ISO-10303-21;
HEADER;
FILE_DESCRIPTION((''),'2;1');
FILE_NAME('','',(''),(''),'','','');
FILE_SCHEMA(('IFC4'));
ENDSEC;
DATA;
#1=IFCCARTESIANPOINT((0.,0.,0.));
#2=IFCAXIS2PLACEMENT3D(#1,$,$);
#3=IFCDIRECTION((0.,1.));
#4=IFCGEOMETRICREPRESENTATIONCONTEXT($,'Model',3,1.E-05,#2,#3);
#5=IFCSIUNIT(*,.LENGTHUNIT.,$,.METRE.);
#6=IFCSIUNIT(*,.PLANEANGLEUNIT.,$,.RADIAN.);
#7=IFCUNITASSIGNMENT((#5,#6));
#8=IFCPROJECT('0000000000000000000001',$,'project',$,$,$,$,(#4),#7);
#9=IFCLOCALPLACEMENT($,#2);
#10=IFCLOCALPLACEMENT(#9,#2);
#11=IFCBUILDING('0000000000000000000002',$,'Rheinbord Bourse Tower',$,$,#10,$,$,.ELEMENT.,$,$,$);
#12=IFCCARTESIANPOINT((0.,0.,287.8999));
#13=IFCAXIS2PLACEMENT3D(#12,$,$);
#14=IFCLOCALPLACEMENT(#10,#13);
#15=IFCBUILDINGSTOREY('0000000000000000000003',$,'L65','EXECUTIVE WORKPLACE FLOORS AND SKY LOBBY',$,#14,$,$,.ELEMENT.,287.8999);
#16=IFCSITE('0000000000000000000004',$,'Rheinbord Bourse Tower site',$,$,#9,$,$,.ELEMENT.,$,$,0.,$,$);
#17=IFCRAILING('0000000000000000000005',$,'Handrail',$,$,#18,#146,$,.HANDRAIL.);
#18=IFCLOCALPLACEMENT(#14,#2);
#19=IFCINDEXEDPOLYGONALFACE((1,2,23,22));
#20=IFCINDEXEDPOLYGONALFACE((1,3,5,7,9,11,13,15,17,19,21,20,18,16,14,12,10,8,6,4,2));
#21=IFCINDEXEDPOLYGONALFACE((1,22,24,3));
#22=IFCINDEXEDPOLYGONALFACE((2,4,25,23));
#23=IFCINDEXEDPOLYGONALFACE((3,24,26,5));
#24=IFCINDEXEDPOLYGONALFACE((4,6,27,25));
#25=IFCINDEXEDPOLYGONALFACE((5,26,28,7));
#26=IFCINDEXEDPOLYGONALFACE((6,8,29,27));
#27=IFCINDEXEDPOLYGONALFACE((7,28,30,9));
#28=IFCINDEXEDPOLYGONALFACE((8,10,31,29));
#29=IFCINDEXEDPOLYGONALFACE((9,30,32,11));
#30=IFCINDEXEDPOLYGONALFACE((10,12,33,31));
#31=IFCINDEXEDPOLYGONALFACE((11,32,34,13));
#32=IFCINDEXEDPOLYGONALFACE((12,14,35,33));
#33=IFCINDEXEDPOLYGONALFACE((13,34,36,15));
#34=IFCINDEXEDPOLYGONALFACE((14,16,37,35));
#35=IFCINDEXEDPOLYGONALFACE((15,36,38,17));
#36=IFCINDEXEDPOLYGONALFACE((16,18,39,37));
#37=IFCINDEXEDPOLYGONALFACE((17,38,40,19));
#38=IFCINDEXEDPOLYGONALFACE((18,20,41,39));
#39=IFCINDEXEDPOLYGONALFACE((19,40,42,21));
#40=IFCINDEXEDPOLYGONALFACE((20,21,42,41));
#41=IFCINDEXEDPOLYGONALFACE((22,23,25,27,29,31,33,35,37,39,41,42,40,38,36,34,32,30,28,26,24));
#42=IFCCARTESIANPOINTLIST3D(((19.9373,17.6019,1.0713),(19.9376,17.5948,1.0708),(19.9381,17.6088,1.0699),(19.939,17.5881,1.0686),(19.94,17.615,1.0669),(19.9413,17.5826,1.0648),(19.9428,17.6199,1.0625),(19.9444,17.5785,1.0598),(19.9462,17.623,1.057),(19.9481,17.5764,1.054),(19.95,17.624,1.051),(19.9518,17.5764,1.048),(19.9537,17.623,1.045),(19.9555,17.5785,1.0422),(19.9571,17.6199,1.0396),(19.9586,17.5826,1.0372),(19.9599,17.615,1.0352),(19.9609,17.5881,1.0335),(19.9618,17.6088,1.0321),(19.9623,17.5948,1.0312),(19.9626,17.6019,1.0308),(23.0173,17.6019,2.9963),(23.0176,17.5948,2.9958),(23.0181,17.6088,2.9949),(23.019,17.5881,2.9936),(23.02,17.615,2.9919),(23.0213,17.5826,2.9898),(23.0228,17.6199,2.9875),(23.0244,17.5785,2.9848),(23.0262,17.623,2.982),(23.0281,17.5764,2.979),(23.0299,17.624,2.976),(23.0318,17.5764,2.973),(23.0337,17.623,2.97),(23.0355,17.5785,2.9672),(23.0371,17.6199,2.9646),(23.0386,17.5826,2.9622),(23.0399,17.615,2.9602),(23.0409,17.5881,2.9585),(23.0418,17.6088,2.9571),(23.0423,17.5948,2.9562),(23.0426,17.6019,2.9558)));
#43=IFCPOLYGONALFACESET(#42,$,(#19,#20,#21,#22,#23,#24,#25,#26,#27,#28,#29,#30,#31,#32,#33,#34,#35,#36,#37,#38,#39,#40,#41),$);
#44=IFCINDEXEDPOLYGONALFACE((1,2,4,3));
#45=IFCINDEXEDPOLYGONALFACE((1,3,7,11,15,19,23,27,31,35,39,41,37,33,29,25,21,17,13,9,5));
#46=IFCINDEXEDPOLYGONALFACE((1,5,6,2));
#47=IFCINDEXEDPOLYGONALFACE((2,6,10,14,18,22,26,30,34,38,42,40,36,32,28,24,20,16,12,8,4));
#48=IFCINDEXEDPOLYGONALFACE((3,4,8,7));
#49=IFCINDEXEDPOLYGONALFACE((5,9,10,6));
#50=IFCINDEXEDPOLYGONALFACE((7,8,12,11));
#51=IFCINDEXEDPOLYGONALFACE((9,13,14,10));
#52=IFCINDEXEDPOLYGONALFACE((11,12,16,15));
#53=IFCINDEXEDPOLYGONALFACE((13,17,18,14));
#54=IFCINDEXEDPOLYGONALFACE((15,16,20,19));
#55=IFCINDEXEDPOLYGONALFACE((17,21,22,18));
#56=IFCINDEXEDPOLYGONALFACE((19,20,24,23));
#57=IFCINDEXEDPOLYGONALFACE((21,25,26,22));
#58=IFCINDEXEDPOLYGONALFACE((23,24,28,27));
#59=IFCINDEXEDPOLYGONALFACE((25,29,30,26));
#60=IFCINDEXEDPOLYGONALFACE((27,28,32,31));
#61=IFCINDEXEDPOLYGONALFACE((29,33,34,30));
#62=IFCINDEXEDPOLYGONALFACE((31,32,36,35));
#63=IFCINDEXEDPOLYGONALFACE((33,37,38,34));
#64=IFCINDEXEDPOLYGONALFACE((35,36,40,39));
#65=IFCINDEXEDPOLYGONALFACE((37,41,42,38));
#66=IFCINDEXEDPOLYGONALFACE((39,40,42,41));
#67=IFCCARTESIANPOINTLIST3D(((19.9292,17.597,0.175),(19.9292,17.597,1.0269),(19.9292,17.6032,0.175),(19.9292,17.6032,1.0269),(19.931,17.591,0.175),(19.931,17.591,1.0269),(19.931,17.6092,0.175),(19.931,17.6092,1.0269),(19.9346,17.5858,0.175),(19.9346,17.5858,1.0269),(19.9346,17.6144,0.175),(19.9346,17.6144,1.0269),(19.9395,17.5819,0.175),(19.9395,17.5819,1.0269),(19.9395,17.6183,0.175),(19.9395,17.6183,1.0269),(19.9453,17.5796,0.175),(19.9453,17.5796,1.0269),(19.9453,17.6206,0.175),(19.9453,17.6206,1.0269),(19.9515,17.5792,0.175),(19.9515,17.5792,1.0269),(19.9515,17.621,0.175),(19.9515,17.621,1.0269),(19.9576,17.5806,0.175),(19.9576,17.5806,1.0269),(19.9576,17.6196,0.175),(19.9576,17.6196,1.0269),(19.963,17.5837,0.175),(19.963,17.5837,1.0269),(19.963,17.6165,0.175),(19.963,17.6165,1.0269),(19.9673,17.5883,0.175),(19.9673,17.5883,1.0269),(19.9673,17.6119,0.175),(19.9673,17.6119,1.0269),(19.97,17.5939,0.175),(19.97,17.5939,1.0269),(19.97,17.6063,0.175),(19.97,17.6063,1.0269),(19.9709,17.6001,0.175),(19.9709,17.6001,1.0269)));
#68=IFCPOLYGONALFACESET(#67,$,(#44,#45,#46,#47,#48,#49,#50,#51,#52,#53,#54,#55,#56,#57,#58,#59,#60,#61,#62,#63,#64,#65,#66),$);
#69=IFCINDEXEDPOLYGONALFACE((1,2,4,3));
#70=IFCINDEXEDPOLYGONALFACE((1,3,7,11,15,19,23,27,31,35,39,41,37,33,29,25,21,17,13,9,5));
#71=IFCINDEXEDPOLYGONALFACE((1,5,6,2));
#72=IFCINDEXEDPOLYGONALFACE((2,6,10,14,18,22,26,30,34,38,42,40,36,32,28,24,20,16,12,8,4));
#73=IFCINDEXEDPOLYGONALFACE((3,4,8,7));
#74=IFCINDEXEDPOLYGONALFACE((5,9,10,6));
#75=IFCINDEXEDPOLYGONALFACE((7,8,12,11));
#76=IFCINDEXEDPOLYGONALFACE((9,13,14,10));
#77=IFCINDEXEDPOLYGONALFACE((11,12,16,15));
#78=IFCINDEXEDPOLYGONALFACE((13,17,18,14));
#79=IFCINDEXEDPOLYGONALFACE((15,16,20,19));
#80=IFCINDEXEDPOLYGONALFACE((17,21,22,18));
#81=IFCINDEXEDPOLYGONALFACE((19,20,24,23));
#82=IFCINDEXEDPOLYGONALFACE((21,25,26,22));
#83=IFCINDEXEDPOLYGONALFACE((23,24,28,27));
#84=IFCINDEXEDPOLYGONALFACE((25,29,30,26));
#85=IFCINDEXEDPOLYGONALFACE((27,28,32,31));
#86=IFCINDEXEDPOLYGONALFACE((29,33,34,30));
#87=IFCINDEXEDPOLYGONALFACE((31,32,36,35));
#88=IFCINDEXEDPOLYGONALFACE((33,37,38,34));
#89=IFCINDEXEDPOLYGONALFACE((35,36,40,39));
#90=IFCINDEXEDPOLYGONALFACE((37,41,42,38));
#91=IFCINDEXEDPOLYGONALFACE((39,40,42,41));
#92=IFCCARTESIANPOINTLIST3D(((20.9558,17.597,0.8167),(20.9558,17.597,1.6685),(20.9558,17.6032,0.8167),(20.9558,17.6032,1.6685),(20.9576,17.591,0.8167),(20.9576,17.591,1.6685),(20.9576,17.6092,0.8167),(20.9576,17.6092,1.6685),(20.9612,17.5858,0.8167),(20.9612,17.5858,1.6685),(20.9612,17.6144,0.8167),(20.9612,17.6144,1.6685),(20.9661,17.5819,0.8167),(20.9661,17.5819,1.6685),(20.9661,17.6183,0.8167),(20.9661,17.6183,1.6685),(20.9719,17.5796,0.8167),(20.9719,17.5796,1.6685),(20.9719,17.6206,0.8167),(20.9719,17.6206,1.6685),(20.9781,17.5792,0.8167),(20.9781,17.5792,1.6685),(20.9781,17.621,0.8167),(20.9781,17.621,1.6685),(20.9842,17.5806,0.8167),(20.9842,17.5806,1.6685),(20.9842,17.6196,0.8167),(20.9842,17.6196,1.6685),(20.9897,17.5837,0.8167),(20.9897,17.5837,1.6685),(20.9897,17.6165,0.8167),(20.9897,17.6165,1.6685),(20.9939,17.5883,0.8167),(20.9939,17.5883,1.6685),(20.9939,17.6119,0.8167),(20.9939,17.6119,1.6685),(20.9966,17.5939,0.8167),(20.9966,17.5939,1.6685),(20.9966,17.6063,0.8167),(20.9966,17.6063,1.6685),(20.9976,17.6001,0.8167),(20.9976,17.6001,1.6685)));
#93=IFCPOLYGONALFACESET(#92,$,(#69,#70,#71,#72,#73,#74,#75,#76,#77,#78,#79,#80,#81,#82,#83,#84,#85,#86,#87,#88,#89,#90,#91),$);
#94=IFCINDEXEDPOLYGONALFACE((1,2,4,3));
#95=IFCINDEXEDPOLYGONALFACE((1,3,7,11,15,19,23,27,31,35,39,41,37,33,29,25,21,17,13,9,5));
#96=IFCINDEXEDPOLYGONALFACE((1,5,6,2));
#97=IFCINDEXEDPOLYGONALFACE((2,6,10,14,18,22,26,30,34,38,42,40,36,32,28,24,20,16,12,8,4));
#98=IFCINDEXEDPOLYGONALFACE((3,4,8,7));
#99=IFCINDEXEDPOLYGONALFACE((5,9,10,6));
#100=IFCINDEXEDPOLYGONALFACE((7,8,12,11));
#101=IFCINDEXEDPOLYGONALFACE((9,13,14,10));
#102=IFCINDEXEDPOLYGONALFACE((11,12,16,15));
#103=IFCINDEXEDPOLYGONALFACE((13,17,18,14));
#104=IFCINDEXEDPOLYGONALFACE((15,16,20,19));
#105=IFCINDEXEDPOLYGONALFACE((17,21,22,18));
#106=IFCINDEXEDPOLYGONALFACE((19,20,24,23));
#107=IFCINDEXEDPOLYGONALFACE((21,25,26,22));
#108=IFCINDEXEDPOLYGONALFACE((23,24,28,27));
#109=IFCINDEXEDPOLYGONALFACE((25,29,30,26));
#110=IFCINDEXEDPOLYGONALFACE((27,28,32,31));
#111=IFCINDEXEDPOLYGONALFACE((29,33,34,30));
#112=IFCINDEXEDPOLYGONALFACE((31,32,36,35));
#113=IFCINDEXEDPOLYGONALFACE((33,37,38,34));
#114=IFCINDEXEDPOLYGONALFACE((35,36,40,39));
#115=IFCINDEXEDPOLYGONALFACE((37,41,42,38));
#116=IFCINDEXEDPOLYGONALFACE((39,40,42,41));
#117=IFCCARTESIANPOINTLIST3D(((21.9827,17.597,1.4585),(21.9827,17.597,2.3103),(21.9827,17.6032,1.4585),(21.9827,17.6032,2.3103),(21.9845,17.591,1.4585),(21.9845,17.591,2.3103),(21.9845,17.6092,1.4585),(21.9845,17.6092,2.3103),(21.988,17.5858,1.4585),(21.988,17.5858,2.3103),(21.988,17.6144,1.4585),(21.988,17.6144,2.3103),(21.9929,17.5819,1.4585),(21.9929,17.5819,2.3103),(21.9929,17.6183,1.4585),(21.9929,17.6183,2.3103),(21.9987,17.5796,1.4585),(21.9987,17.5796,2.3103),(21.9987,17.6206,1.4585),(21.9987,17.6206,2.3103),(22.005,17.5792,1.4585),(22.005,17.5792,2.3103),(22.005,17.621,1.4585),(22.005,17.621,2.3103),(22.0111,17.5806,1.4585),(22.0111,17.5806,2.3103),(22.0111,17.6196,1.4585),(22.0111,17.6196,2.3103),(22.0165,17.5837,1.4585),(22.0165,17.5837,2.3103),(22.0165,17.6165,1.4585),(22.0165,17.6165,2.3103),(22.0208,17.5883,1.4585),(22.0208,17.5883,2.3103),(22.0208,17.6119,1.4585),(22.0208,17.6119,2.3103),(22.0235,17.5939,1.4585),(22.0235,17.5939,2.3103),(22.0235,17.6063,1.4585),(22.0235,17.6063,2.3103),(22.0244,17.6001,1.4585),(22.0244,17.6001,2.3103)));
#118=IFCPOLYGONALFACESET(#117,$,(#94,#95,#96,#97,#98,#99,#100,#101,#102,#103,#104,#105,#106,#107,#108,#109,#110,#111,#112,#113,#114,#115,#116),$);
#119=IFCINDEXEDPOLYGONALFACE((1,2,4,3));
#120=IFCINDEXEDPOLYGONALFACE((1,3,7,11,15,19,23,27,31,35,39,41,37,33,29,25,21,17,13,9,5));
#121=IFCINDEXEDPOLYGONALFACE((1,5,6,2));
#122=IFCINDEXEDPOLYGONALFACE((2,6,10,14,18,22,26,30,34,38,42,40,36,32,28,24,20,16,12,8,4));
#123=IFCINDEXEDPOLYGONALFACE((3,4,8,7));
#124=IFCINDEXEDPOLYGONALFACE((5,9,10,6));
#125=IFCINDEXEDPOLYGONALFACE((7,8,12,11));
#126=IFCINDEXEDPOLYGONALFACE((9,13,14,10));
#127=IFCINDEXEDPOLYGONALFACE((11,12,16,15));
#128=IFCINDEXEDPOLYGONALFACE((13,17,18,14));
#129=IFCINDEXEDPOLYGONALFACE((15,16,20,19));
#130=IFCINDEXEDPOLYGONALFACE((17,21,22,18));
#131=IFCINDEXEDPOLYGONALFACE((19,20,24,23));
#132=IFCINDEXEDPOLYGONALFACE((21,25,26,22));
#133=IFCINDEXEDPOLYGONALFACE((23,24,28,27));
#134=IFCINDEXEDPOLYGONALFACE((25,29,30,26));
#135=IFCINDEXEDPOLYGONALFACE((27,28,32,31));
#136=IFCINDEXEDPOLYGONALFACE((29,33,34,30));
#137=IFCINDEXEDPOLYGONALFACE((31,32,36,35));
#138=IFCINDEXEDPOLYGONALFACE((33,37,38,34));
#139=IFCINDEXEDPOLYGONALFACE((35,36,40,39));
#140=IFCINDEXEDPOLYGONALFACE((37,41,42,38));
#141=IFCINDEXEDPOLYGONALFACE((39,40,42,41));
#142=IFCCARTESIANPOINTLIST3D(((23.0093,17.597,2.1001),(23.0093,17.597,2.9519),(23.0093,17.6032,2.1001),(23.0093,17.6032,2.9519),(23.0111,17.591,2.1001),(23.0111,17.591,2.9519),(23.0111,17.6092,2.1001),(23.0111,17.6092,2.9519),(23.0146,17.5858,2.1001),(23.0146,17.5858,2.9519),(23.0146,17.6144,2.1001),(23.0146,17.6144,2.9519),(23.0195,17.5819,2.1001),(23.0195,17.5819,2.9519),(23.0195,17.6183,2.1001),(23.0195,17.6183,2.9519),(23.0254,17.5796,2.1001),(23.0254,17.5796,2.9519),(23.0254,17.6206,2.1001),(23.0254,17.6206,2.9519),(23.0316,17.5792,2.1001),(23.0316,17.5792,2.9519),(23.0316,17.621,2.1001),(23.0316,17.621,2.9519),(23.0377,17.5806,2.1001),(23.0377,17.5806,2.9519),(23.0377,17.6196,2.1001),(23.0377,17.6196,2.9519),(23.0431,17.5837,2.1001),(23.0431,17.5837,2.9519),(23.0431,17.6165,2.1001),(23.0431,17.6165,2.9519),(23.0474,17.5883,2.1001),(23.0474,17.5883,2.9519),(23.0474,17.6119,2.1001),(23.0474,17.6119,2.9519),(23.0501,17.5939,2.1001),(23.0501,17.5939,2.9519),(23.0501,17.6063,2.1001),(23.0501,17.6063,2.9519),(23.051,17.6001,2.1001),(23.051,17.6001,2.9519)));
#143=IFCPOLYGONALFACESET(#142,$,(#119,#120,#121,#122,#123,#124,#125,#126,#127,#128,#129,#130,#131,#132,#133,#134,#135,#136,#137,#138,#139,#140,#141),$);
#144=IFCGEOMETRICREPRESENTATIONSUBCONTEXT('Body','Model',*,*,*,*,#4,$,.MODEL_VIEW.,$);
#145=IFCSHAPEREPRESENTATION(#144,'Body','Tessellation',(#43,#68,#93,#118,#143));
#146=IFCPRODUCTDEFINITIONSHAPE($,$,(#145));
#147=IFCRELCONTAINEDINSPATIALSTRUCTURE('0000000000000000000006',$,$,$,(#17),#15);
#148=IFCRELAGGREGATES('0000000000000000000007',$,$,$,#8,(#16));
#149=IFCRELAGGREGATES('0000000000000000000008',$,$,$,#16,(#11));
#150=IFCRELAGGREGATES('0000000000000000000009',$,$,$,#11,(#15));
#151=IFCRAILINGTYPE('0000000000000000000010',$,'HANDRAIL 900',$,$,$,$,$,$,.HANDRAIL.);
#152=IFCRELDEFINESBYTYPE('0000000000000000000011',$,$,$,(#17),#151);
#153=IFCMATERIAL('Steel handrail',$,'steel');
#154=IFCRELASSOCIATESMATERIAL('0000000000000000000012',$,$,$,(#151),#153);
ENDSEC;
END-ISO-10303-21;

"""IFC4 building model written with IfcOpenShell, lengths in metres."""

from ifc_helpers import new_model, si_unit, direction, frame, origin, origin_2d, place, context, subcontext, project, spatial, circle, extrude, material, type_object, element, save


model = new_model("IFC4")

# Units and contexts
model_context = context("Model", 3, precision=1e-05, world=origin(), true_north=direction((0.0, 1.0)))
body_context = subcontext(model_context, "Body", "Model", "MODEL_VIEW")
ifc_project = project(units=[si_unit("LENGTHUNIT", "METRE"), si_unit("PLANEANGLEUNIT", "RADIAN")], contexts=[model_context])

# Site, building, storey
site_placement = place(None, origin())
site = spatial("IfcSite", under=ifc_project, at=site_placement, Name="Rheinbord Bourse Tower site", CompositionType="ELEMENT", RefElevation=0.0)
building_placement = place(site_placement, origin())
building = spatial("IfcBuilding", under=site, at=building_placement, Name="Rheinbord Bourse Tower", CompositionType="ELEMENT")
storey_placement = place(building_placement, frame((0.0, 0.0, 287.8999)))
storey = spatial("IfcBuildingStorey", under=building, at=storey_placement, Name="L65", Description="EXECUTIVE WORKPLACE FLOORS AND SKY LOBBY", CompositionType="ELEMENT", Elevation=287.8999)

# Railing
ifc_material_1 = material(Name="Steel handrail", Category="steel")
railing_type = type_object("IfcRailingType", Name="HANDRAIL 900", PredefinedType="HANDRAIL", material=ifc_material_1)
railing_1_placement = place(storey_placement, frame((19.95, 17.6001, 0.175)))
element("IfcRailing", 1, at=railing_1_placement, inside=storey, type_object=railing_type, Name="Handrail", PredefinedType="HANDRAIL", context=body_context, shape_type="SweptSolid", body=[
    extrude(circle(Radius=0.0239, at=origin_2d()), frame((0.0, 0.0, 0.876), z_axis=(0.847998, 0.0, 0.529999), x_axis=(0.0, 1.0, 0.0)), (0.0, 0.0, 1.0), 3.6321),
    extrude(circle(Radius=0.021, at=origin_2d()), origin(), (0.0, 0.0, 1.0), 0.8518),
    extrude(circle(Radius=0.021, at=origin_2d()), frame((1.0266, 0.0, 0.6416)), (0.0, 0.0, 1.0), 0.8518),
    extrude(circle(Radius=0.021, at=origin_2d()), frame((2.0535, 0.0, 1.2834)), (0.0, 0.0, 1.0), 0.8518),
    extrude(circle(Radius=0.021, at=origin_2d()), frame((3.0801, 0.0, 1.925)), (0.0, 0.0, 1.0), 0.8518),
])

save(model, "model.ifc")
